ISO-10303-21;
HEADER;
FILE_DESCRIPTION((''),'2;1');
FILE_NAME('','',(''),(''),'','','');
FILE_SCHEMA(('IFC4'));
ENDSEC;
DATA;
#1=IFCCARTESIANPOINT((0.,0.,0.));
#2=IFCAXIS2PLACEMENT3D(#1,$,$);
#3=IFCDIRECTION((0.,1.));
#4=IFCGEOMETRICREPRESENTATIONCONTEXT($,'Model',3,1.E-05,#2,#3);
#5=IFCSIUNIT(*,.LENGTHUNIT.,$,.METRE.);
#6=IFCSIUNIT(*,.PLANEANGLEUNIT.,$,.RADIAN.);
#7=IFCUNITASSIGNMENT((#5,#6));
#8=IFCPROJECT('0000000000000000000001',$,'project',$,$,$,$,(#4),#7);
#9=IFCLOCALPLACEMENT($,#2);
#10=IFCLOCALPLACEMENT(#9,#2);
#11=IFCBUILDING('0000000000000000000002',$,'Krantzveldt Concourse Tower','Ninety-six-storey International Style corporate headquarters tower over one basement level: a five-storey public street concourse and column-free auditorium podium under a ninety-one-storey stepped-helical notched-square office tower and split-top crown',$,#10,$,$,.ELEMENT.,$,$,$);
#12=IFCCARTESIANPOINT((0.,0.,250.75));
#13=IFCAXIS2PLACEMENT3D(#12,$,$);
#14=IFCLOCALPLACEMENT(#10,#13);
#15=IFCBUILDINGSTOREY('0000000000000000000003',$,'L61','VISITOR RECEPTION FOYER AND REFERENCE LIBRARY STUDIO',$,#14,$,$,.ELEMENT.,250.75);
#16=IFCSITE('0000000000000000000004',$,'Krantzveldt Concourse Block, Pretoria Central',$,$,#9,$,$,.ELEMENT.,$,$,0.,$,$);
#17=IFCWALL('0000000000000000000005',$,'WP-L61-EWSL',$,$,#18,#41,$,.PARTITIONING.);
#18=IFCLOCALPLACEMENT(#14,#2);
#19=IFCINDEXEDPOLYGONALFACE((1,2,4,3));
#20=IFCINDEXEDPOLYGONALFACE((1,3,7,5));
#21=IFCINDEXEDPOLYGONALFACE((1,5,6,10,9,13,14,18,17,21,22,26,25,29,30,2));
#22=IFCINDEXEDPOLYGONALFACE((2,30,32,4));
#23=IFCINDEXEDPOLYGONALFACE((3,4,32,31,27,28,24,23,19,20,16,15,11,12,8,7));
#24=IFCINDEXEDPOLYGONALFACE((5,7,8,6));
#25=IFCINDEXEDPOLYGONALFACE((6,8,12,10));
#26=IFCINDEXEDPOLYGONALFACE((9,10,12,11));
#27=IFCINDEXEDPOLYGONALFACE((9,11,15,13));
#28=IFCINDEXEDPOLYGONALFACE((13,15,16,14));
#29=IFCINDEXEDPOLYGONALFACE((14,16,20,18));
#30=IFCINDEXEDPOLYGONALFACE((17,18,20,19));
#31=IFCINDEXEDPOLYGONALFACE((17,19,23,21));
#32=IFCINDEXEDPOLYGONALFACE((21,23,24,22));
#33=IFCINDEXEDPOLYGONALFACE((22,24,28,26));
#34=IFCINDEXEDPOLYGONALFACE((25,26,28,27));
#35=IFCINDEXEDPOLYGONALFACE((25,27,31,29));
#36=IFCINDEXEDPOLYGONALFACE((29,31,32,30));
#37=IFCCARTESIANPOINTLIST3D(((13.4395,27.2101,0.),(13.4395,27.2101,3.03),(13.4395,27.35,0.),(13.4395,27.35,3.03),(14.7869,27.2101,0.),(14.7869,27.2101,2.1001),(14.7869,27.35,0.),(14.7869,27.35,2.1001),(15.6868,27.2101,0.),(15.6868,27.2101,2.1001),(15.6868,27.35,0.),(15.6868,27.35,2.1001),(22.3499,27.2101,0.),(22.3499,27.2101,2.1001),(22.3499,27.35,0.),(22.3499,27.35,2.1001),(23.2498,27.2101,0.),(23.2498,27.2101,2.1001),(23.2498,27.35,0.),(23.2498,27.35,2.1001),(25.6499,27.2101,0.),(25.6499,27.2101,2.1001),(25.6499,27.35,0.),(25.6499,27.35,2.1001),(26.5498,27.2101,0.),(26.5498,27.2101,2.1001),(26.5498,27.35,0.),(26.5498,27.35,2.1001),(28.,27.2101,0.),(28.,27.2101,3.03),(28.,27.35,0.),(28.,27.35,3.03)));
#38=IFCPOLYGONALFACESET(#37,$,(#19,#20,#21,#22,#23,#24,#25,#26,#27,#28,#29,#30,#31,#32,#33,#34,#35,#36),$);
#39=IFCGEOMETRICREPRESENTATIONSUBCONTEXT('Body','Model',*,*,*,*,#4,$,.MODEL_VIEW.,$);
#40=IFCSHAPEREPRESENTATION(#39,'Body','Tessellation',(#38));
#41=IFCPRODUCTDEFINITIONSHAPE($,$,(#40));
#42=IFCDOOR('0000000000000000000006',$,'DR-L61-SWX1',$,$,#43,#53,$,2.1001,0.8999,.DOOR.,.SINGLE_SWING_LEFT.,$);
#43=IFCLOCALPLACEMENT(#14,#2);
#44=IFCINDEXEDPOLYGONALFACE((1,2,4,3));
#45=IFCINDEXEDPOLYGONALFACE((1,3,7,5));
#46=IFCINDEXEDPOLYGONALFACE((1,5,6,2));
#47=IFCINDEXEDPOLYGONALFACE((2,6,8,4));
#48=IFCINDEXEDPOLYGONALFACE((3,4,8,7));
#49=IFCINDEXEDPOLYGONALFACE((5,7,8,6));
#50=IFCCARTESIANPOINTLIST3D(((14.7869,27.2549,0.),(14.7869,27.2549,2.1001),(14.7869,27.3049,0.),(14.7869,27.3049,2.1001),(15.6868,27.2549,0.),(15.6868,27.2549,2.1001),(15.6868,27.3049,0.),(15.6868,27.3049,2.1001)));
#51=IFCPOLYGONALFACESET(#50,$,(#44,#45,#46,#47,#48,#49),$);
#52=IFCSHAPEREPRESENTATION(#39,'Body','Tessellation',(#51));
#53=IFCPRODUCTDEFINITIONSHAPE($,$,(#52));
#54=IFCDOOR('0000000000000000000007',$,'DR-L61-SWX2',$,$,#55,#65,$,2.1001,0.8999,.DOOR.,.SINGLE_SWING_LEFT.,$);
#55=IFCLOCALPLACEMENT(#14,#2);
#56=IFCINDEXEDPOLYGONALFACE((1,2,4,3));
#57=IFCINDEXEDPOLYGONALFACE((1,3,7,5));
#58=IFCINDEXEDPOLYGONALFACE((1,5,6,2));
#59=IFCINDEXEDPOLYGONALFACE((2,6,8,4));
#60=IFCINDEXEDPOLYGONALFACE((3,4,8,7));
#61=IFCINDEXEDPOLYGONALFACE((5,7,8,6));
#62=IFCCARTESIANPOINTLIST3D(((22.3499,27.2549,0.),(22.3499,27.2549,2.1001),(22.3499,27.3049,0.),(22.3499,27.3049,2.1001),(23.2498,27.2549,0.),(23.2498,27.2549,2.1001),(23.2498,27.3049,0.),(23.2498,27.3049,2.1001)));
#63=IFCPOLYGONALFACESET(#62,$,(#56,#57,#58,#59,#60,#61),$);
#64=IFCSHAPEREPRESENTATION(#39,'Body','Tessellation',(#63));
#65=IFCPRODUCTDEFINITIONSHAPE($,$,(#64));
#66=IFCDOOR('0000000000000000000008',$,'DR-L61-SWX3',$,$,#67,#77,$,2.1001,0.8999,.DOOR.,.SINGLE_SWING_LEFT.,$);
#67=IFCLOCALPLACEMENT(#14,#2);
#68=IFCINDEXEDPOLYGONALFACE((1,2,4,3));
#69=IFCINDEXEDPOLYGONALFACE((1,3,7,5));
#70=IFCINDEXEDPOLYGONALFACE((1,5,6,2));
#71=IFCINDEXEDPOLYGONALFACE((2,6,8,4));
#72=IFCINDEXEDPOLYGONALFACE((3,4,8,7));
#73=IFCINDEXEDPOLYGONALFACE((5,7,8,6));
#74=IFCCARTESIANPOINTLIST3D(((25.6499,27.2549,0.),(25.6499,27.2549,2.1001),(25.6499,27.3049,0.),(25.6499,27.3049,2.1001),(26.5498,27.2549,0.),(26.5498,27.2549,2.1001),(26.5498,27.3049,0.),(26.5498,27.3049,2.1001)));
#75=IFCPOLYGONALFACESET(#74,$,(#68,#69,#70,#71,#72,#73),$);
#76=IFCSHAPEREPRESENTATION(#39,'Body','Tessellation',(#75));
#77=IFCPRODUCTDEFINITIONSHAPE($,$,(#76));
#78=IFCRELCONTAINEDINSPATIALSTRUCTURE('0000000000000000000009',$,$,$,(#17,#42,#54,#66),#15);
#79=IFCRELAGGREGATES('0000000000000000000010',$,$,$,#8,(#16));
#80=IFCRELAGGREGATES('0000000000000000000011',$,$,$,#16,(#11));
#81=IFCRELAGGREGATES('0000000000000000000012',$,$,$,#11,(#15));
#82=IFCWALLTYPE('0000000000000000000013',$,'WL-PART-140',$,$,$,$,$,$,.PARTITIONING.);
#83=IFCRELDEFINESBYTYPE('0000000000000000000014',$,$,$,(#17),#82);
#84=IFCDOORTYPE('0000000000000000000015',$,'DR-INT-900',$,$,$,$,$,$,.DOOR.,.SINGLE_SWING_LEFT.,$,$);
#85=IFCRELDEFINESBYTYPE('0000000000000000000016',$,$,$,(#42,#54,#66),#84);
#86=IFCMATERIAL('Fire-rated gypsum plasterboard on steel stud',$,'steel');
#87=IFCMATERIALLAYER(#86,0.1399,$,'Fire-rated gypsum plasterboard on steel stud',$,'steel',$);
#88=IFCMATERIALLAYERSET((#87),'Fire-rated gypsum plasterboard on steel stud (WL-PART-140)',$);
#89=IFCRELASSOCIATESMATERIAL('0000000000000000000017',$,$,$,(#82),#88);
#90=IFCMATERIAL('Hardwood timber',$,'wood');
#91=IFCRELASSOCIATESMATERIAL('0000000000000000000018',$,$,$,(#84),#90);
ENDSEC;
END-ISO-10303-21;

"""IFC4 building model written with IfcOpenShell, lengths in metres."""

from ifc_helpers import new_model, si_unit, direction, frame, frame_2d, origin, place, context, subcontext, project, spatial, rectangle, extrude, material, layer, layer_set, type_object, element, fill, save


model = new_model("IFC4")

# Units and contexts
model_context = context("Model", 3, precision=1e-05, world=origin(), true_north=direction((0.0, 1.0)))
body_context = subcontext(model_context, "Body", "Model", "MODEL_VIEW")
ifc_project = project(units=[si_unit("LENGTHUNIT", "METRE"), si_unit("PLANEANGLEUNIT", "RADIAN")], contexts=[model_context])

# Site, building, storey
site_placement = place(None, origin())
site = spatial("IfcSite", under=ifc_project, at=site_placement, Name="Krantzveldt Concourse Block, Pretoria Central", CompositionType="ELEMENT", RefElevation=0.0)
building_placement = place(site_placement, origin())
building = spatial("IfcBuilding", under=site, at=building_placement, Name="Krantzveldt Concourse Tower", Description="Ninety-six-storey International Style corporate headquarters tower over one basement level: a five-storey public street concourse and column-free auditorium podium under a ninety-one-storey stepped-helical notched-square office tower and split-top crown", CompositionType="ELEMENT")
storey_placement = place(building_placement, frame((0.0, 0.0, 250.75)))
storey = spatial("IfcBuildingStorey", under=building, at=storey_placement, Name="L61", Description="VISITOR RECEPTION FOYER AND REFERENCE LIBRARY STUDIO", CompositionType="ELEMENT", Elevation=250.75)

# Shared definitions
ifc_material_1 = material(Name="Fire-rated gypsum plasterboard on steel stud", Category="steel")

# Wall, openings, doors
ifc_layer_1 = layer(ifc_material_1, 0.1399, Name="Fire-rated gypsum plasterboard on steel stud", Category="steel")
ifc_layer_set_1 = layer_set([ifc_layer_1], Name="Fire-rated gypsum plasterboard on steel stud (WL-PART-140)")
wall_type_1 = type_object("IfcWallType", Name="WL-PART-140", PredefinedType="PARTITIONING", material=ifc_layer_set_1)
ifc_material_2 = material(Name="Hardwood timber", Category="wood")
door_type = type_object("IfcDoorType", Name="DR-INT-900", OperationType="SINGLE_SWING_LEFT", PredefinedType="DOOR", material=ifc_material_2)
wall_1_placement = place(storey_placement, frame((13.4395, 27.28, 0.0), z_axis=(0.0, 0.0, 1.0), x_axis=(1.0, 0.0, 0.0)))
wall_1 = element("IfcWall", 1, at=wall_1_placement, inside=storey, type_object=wall_type_1, Name="WP-L61-EWSL", PredefinedType="PARTITIONING", context=body_context, shape_type="SweptSolid", body=[
    extrude(rectangle(XDim=14.5605, YDim=0.1399, at=frame_2d((7.2803, 0.0))), origin(), (0.0, 0.0, 1.0), 3.03),
])
opening_1_placement = place(wall_1_placement, frame((1.3474, 0.0, 0.0)))
opening_1 = element("IfcOpeningElement", 2, at=opening_1_placement, cuts=wall_1, PredefinedType="OPENING", context=body_context, shape_type="SweptSolid", body=[
    extrude(rectangle(XDim=0.8999, YDim=2.1001, at=frame_2d((0.45, 1.05))), frame((0.0, 0.0801, 0.0), z_axis=(0.0, -1.0, 0.0), x_axis=(1.0, 0.0, 0.0)), (0.0, 0.0, 1.0), 0.1599),
])
opening_2_placement = place(wall_1_placement, frame((8.9104, 0.0, 0.0)))
opening_2 = element("IfcOpeningElement", 3, at=opening_2_placement, cuts=wall_1, PredefinedType="OPENING", context=body_context, shape_type="SweptSolid", body=[
    extrude(rectangle(XDim=0.8999, YDim=2.1001, at=frame_2d((0.45, 1.05))), frame((0.0, 0.0801, 0.0), z_axis=(0.0, -1.0, 0.0), x_axis=(1.0, 0.0, 0.0)), (0.0, 0.0, 1.0), 0.1599),
])
opening_3_placement = place(wall_1_placement, frame((12.2104, 0.0, 0.0)))
opening_3 = element("IfcOpeningElement", 4, at=opening_3_placement, cuts=wall_1, PredefinedType="OPENING", context=body_context, shape_type="SweptSolid", body=[
    extrude(rectangle(XDim=0.8999, YDim=2.1001, at=frame_2d((0.45, 1.05))), frame((0.0, 0.0801, 0.0), z_axis=(0.0, -1.0, 0.0), x_axis=(1.0, 0.0, 0.0)), (0.0, 0.0, 1.0), 0.1599),
])
door_1_placement = place(opening_1_placement, origin())
door_1 = element("IfcDoor", 5, at=door_1_placement, inside=storey, type_object=door_type, Name="DR-L61-SWX1", OperationType="SINGLE_SWING_LEFT", OverallHeight=2.1001, OverallWidth=0.8999, PredefinedType="DOOR", context=body_context, shape_type="SweptSolid", body=[
    extrude(rectangle(XDim=0.8999, YDim=2.1001, at=frame_2d((0.45, 1.05))), frame((0.0, 0.0249, 0.0), z_axis=(0.0, -1.0, 0.0), x_axis=(1.0, 0.0, 0.0)), (0.0, 0.0, 1.0), 0.05),
])
fill(opening_1, door_1)
door_2_placement = place(opening_2_placement, origin())
door_2 = element("IfcDoor", 6, at=door_2_placement, inside=storey, type_object=door_type, Name="DR-L61-SWX2", OperationType="SINGLE_SWING_LEFT", OverallHeight=2.1001, OverallWidth=0.8999, PredefinedType="DOOR", context=body_context, shape_type="SweptSolid", body=[
    extrude(rectangle(XDim=0.8999, YDim=2.1001, at=frame_2d((0.45, 1.05))), frame((0.0, 0.0249, 0.0), z_axis=(0.0, -1.0, 0.0), x_axis=(1.0, 0.0, 0.0)), (0.0, 0.0, 1.0), 0.05),
])
fill(opening_2, door_2)
door_3_placement = place(opening_3_placement, origin())
door_3 = element("IfcDoor", 7, at=door_3_placement, inside=storey, type_object=door_type, Name="DR-L61-SWX3", OperationType="SINGLE_SWING_LEFT", OverallHeight=2.1001, OverallWidth=0.8999, PredefinedType="DOOR", context=body_context, shape_type="SweptSolid", body=[
    extrude(rectangle(XDim=0.8999, YDim=2.1001, at=frame_2d((0.45, 1.05))), frame((0.0, 0.0249, 0.0), z_axis=(0.0, -1.0, 0.0), x_axis=(1.0, 0.0, 0.0)), (0.0, 0.0, 1.0), 0.05),
])
fill(opening_3, door_3)

save(model, "model.ifc")
